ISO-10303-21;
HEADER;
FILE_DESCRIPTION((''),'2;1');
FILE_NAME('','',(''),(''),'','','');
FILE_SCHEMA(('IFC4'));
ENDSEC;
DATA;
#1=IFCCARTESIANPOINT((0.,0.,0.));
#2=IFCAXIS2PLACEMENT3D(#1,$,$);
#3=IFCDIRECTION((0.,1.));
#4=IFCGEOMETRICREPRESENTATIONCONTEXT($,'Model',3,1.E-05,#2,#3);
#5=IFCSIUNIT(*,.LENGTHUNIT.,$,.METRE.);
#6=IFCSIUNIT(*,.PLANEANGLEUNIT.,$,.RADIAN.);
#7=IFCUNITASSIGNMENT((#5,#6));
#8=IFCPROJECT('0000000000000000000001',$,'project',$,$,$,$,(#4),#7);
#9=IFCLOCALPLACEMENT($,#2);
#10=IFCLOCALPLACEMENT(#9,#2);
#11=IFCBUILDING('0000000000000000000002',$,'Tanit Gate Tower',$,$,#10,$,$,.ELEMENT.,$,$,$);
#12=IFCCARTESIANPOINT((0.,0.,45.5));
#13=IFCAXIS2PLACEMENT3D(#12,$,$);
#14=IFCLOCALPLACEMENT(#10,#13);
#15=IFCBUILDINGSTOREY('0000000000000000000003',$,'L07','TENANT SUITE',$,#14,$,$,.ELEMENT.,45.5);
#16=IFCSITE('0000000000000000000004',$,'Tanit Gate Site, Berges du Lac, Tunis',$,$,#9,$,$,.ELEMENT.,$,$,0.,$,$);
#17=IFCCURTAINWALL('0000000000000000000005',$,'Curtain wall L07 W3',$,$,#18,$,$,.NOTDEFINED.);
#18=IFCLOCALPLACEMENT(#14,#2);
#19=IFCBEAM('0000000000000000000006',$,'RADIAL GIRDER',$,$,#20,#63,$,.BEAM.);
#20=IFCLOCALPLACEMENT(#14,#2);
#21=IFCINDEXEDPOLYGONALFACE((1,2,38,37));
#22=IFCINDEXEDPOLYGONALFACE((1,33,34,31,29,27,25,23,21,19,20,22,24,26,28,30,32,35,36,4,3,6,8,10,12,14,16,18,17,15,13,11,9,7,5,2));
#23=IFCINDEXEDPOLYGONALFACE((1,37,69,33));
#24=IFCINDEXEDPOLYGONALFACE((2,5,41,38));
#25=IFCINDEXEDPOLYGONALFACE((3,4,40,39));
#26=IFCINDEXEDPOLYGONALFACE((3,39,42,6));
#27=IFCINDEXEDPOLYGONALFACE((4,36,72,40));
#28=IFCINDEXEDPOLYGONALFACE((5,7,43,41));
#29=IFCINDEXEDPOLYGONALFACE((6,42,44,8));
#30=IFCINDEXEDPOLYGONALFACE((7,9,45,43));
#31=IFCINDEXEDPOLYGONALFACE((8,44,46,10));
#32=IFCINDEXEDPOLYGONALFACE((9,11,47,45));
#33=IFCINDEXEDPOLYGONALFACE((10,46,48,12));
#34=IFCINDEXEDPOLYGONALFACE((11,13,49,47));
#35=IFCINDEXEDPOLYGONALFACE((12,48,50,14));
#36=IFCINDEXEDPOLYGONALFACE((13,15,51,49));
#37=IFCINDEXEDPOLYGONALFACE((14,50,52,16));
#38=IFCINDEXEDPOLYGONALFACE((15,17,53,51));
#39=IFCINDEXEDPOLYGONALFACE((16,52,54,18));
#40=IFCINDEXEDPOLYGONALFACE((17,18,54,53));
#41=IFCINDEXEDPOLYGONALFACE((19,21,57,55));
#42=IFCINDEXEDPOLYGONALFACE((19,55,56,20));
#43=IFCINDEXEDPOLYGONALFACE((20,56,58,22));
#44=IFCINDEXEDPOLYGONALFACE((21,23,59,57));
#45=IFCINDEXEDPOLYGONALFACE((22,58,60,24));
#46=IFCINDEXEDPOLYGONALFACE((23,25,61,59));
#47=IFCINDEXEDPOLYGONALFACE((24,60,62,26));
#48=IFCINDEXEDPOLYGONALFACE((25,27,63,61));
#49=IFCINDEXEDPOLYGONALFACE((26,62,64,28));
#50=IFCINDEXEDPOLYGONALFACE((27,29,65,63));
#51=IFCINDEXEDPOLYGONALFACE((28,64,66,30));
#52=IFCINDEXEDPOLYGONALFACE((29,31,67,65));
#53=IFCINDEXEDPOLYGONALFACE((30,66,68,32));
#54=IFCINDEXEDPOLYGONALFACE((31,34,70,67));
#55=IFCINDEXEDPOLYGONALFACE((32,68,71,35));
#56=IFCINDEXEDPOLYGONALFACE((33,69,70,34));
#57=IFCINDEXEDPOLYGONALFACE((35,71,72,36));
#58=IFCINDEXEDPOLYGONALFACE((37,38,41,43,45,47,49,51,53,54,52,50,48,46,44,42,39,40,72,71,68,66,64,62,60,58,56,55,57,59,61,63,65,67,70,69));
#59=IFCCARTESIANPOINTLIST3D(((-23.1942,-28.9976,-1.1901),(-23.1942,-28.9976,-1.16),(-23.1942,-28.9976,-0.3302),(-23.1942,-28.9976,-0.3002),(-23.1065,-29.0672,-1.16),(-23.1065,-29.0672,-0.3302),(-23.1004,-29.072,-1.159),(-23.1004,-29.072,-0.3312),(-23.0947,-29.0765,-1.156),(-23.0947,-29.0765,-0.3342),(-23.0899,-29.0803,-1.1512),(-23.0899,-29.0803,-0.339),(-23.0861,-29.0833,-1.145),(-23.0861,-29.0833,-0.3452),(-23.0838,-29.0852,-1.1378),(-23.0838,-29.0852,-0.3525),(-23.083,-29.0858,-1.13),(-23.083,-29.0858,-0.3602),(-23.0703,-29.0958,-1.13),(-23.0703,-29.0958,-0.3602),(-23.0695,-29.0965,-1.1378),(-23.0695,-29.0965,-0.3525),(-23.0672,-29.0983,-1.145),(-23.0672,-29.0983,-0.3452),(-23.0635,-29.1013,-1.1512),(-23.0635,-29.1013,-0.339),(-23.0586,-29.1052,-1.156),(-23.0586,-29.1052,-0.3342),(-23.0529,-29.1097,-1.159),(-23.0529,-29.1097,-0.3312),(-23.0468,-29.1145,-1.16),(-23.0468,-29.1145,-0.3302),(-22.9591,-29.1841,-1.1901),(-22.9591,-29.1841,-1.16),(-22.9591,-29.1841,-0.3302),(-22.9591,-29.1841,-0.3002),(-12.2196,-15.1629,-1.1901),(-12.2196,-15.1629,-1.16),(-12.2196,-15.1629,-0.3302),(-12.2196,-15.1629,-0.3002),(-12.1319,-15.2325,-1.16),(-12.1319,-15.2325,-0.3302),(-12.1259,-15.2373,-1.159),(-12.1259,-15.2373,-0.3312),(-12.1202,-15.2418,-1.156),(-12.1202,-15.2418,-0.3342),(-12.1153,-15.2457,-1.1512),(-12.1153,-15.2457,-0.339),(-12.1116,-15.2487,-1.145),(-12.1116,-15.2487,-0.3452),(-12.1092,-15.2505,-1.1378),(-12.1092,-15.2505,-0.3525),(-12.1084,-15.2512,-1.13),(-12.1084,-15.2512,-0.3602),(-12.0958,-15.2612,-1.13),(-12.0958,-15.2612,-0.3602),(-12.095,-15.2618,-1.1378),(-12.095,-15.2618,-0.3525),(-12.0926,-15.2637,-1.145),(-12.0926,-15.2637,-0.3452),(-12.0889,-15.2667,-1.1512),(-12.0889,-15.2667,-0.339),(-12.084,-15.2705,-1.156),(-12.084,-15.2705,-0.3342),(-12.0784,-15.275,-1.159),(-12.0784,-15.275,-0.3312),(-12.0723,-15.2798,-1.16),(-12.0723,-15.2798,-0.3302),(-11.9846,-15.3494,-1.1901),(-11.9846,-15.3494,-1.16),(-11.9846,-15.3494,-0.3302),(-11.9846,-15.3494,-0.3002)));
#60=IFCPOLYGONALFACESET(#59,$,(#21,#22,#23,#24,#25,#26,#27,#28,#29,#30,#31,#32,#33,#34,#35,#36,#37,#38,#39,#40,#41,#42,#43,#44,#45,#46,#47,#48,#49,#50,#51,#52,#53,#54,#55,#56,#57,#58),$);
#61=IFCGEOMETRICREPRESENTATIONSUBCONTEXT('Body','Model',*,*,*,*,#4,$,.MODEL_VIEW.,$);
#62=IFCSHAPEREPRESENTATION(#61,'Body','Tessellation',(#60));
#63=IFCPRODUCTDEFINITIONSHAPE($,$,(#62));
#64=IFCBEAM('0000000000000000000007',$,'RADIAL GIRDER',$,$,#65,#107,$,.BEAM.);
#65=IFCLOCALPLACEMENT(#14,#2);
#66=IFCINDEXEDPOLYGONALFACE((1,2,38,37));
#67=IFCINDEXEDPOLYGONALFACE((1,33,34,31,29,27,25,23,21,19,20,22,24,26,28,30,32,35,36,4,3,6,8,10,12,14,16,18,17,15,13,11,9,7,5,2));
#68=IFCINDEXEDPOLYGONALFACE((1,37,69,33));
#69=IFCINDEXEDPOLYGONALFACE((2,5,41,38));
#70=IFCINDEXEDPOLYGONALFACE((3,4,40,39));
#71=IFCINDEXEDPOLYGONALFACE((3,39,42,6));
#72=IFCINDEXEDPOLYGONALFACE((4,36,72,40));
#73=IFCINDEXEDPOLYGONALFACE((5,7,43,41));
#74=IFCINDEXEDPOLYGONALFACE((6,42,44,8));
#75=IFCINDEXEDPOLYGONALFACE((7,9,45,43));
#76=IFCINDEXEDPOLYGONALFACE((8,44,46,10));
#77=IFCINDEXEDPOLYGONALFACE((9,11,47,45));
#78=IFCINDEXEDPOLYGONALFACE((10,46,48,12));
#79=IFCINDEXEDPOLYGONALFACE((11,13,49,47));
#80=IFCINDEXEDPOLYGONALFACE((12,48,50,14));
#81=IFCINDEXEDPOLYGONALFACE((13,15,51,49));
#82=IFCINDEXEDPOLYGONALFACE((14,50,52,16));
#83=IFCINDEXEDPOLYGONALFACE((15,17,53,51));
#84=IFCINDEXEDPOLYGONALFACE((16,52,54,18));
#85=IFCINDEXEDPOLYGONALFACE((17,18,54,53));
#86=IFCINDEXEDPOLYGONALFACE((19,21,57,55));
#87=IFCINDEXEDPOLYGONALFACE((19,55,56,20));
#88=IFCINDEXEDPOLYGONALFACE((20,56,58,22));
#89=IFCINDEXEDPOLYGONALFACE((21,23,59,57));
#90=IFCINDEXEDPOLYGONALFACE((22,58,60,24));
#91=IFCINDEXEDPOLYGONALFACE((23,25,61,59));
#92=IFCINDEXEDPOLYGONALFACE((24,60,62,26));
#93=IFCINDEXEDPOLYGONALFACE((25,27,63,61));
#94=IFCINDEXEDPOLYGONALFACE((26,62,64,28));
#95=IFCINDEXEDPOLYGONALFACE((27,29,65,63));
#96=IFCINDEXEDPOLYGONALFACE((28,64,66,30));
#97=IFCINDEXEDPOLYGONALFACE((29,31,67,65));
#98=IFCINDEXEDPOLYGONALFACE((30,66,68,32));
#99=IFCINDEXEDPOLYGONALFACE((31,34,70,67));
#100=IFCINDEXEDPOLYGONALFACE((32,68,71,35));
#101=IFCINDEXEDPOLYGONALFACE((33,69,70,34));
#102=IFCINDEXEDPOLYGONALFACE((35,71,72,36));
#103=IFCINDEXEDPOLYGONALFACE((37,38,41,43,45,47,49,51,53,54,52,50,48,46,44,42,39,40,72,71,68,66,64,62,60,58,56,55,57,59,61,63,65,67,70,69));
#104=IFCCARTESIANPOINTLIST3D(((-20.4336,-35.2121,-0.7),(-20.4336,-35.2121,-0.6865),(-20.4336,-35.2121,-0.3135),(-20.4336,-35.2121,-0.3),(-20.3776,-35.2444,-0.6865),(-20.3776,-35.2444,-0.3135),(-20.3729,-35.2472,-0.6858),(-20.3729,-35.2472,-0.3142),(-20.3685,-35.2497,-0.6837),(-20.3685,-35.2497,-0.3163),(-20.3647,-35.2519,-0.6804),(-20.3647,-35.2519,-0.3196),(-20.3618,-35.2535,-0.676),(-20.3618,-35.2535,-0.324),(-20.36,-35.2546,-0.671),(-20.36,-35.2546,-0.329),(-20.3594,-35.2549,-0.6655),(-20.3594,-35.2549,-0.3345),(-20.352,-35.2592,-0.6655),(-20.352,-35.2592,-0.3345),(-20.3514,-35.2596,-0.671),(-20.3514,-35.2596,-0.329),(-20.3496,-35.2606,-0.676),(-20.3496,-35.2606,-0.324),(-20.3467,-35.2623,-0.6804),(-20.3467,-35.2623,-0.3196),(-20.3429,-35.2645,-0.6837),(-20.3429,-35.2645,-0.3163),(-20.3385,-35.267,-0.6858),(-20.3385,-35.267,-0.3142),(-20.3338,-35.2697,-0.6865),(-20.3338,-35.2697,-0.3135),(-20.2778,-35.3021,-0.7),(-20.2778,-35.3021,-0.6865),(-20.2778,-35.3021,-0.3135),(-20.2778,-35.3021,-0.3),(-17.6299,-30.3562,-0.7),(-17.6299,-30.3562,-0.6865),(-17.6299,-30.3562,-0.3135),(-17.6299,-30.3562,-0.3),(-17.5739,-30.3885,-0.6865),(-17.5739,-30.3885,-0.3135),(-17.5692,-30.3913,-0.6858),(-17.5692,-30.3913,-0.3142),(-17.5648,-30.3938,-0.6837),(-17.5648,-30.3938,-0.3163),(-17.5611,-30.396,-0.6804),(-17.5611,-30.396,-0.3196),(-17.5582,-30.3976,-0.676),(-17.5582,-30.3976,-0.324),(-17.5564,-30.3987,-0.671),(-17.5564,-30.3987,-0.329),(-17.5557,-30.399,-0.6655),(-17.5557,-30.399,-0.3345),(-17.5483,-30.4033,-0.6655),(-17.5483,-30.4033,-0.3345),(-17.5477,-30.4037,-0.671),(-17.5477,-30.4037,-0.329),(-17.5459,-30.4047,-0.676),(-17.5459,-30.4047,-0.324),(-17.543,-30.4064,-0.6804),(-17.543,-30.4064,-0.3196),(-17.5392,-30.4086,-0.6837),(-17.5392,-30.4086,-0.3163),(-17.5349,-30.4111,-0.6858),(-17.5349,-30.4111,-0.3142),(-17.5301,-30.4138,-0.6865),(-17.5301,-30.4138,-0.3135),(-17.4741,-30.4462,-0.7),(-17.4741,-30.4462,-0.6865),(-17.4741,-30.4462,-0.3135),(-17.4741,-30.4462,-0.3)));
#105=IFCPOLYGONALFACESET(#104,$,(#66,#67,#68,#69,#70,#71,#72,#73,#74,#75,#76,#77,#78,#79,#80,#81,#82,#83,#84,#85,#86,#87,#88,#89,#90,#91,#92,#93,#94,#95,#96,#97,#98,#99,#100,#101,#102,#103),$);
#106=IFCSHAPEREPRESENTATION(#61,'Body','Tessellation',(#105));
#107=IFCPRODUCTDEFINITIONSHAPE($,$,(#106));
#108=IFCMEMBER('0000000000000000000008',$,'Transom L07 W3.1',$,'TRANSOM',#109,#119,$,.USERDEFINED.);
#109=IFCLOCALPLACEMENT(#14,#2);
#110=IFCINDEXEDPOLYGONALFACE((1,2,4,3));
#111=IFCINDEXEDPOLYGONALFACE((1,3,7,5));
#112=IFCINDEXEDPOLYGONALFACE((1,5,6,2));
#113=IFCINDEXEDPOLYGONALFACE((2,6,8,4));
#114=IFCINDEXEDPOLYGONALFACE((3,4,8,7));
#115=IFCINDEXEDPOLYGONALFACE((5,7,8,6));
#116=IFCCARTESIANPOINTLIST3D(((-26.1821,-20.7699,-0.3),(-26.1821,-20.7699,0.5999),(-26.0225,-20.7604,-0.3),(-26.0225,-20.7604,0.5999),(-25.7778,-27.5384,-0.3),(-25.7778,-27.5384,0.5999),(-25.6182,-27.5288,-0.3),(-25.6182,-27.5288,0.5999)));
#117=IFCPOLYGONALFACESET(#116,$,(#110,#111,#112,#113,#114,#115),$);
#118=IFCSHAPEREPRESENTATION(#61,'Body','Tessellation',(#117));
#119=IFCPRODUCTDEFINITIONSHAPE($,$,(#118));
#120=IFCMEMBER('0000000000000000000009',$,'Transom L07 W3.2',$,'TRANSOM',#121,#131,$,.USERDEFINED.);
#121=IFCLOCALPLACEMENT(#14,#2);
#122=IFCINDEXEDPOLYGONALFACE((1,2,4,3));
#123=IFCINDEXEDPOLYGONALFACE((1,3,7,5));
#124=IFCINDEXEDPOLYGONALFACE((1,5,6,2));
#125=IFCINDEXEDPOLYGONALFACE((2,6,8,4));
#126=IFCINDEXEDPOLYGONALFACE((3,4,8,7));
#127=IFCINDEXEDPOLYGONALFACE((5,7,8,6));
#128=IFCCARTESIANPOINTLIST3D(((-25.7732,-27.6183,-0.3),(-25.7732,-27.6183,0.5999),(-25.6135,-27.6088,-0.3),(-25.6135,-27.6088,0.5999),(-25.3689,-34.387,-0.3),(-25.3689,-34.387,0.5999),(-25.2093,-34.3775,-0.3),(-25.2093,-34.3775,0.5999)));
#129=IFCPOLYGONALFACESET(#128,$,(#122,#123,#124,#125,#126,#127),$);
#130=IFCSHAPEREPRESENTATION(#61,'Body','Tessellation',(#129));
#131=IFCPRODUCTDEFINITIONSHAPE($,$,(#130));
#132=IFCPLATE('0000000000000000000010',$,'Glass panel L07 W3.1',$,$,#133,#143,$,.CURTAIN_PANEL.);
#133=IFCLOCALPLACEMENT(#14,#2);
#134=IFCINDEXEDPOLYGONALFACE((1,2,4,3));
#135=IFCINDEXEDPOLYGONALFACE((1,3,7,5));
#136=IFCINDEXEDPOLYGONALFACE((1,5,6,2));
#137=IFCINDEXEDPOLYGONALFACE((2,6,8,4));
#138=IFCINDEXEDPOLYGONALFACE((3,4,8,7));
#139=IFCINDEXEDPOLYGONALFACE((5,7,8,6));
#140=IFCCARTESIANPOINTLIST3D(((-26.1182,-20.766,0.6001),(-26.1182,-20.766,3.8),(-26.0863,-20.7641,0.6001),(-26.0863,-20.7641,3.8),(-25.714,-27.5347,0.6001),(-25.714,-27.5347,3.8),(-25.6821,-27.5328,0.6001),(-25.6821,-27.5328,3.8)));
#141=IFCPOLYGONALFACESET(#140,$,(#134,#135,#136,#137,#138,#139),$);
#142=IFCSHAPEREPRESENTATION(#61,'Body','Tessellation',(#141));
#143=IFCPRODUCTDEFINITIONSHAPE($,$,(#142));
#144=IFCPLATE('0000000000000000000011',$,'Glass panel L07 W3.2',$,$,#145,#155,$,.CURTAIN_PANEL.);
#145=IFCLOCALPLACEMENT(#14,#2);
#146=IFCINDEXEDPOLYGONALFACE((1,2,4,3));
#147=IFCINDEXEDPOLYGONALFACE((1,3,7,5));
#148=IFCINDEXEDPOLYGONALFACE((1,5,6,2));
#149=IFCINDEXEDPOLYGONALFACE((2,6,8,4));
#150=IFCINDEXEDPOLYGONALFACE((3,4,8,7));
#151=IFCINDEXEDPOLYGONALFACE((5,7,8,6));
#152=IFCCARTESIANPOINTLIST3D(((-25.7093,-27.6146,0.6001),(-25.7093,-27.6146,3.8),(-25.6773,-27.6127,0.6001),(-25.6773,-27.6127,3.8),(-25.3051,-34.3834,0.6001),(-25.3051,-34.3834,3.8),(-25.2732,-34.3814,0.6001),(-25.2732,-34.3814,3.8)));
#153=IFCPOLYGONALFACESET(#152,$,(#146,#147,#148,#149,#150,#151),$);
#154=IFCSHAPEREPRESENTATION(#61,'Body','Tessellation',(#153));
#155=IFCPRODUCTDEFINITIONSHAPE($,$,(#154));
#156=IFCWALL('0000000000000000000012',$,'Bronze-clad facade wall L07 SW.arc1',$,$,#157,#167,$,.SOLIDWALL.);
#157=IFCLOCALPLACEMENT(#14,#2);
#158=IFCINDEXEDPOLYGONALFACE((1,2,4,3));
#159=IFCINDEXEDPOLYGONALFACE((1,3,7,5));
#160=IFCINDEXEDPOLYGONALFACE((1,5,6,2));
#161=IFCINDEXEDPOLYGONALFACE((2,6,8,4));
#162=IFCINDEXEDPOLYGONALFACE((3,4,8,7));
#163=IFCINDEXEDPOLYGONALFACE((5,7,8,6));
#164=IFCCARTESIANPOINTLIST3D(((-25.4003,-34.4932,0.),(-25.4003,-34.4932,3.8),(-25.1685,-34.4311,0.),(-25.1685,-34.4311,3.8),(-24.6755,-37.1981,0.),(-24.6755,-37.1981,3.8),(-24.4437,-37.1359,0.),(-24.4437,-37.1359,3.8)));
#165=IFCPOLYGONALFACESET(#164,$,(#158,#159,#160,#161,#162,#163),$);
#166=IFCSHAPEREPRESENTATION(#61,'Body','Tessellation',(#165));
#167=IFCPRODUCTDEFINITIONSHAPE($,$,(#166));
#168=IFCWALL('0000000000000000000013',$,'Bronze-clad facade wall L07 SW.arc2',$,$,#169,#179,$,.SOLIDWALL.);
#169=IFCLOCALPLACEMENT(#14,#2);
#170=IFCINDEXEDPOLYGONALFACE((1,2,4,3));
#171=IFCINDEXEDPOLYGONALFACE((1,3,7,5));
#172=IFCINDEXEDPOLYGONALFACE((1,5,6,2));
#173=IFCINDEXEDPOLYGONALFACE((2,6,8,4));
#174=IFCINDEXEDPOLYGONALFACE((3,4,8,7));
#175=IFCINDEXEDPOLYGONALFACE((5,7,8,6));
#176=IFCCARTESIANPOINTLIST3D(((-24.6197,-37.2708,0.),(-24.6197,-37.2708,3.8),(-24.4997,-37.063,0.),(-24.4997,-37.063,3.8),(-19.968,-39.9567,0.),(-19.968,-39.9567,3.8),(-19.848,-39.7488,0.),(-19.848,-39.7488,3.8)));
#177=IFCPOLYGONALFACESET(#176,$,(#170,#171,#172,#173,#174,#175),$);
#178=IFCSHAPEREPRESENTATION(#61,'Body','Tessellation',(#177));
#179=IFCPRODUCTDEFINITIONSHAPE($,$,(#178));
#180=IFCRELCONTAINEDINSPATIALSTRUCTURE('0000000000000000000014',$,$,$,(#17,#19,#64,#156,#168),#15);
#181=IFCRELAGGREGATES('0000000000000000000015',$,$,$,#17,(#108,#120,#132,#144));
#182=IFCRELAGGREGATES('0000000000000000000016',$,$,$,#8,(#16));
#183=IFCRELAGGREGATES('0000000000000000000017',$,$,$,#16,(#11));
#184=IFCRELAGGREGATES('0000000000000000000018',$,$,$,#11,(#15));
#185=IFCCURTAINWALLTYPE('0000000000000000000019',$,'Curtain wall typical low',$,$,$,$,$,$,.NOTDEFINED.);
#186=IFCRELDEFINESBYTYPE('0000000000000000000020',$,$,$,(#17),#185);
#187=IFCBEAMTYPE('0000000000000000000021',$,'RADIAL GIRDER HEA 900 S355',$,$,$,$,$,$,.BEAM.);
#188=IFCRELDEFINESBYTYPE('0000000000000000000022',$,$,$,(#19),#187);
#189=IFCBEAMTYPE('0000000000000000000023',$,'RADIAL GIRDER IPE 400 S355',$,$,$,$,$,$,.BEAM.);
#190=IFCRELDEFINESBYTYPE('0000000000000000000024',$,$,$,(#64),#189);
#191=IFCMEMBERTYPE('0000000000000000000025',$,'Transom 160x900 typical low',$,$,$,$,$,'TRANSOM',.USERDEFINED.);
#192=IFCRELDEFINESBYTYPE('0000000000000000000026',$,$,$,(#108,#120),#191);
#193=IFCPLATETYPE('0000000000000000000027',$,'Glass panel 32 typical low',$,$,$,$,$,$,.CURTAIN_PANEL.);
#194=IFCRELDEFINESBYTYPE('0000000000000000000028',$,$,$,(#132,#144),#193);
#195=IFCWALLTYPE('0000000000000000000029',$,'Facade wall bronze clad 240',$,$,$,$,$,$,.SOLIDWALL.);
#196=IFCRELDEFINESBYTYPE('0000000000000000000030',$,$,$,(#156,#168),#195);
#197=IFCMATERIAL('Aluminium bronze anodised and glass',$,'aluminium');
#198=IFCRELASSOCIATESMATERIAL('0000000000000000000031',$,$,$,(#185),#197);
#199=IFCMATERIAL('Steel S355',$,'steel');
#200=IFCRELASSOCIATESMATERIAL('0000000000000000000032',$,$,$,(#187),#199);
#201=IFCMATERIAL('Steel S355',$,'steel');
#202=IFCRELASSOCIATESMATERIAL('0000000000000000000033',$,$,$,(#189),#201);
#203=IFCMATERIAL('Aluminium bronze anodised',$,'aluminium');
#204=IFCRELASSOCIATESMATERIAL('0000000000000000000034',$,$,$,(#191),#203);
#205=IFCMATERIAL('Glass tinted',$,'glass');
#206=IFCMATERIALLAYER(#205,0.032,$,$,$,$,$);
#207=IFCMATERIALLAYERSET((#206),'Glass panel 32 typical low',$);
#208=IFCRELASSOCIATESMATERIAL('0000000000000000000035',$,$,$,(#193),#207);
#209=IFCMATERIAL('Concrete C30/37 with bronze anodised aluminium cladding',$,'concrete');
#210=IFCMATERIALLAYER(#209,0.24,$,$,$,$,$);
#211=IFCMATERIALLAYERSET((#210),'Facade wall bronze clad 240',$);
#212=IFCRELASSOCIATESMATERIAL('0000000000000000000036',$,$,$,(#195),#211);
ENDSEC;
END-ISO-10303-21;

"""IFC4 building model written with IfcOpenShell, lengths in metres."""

from ifc_helpers import new_model, si_unit, direction, frame, frame_2d, origin, origin_2d, place, context, subcontext, project, spatial, rectangle, i_section, extrude, material, layer, layer_set, material_profile, profile_set, type_object, element, aggregate, save


model = new_model("IFC4")

# Units and contexts
model_context = context("Model", 3, precision=1e-05, world=origin(), true_north=direction((0.0, 1.0)))
body_context = subcontext(model_context, "Body", "Model", "MODEL_VIEW")
ifc_project = project(units=[si_unit("LENGTHUNIT", "METRE"), si_unit("PLANEANGLEUNIT", "RADIAN")], contexts=[model_context])

# Site, building, storey
site_placement = place(None, origin())
site = spatial("IfcSite", under=ifc_project, at=site_placement, Name="Tanit Gate Site, Berges du Lac, Tunis", CompositionType="ELEMENT", RefElevation=0.0)
building_placement = place(site_placement, origin())
building = spatial("IfcBuilding", under=site, at=building_placement, Name="Tanit Gate Tower", CompositionType="ELEMENT")
storey_placement = place(building_placement, frame((0.0, 0.0, 45.5)))
storey = spatial("IfcBuildingStorey", under=building, at=storey_placement, Name="L07", Description="TENANT SUITE", CompositionType="ELEMENT", Elevation=45.5)

# Curtain wall
ifc_material_1 = material(Name="Aluminium bronze anodised and glass", Category="aluminium")
curtain_wall_type = type_object("IfcCurtainWallType", Name="Curtain wall typical low", PredefinedType="NOTDEFINED", material=ifc_material_1)
curtain_wall_1_placement = place(storey_placement, origin())
curtain_wall_1 = element("IfcCurtainWall", 1, at=curtain_wall_1_placement, inside=storey, type_object=curtain_wall_type, Name="Curtain wall L07 W3", PredefinedType="NOTDEFINED")

# Beams
ifc_material_2 = material(Name="Steel S355", Category="steel")
ifc_material_profile_1 = material_profile(ifc_material_2, i_section(OverallWidth=0.3, OverallDepth=0.8899, WebThickness=0.0161, FlangeThickness=0.03, FilletRadius=0.03, at=origin_2d()), Name="HEA 900")
ifc_profile_set_1 = profile_set([ifc_material_profile_1], Name="Steel S355")
beam_type_1 = type_object("IfcBeamType", Name="RADIAL GIRDER HEA 900 S355", PredefinedType="BEAM", material=ifc_profile_set_1)
beam_1_placement = place(storey_placement, frame((-23.0767, -29.0908, -0.7451), z_axis=(0.621473, 0.783436, 0.0), x_axis=(-0.783436, 0.621473, 0.0)))
element("IfcBeam", 2, at=beam_1_placement, inside=storey, type_object=beam_type_1, Name="RADIAL GIRDER", PredefinedType="BEAM", context=body_context, shape_type="SweptSolid", body=[
    extrude(i_section(OverallWidth=0.3, OverallDepth=0.8899, WebThickness=0.0161, FlangeThickness=0.03, FilletRadius=0.03, at=origin_2d()), origin(), (0.0, 0.0, 1.0), 17.6589),
])
ifc_material_3 = material(Name="Steel S355", Category="steel")
ifc_material_profile_2 = material_profile(ifc_material_3, i_section(OverallWidth=0.1799, OverallDepth=0.3999, WebThickness=0.0085, FlangeThickness=0.0134, FilletRadius=0.021, at=origin_2d()), Name="IPE 400")
ifc_profile_set_2 = profile_set([ifc_material_profile_2], Name="Steel S355")
beam_type_2 = type_object("IfcBeamType", Name="RADIAL GIRDER IPE 400 S355", PredefinedType="BEAM", material=ifc_profile_set_2)
beam_2_placement = place(storey_placement, frame((-20.3557, -35.2571, -0.5), z_axis=(0.500016, 0.866016, 0.0), x_axis=(-0.866016, 0.500016, 0.0)))
element("IfcBeam", 3, at=beam_2_placement, inside=storey, type_object=beam_type_2, Name="RADIAL GIRDER", PredefinedType="BEAM", context=body_context, shape_type="SweptSolid", body=[
    extrude(i_section(OverallWidth=0.1799, OverallDepth=0.3999, WebThickness=0.0085, FlangeThickness=0.0134, FilletRadius=0.021, at=origin_2d()), origin(), (0.0, 0.0, 1.0), 5.6072),
])

# Members
ifc_material_4 = material(Name="Aluminium bronze anodised", Category="aluminium")
ifc_material_profile_3 = material_profile(ifc_material_4, rectangle(XDim=0.1599, YDim=0.8999, at=origin_2d()), Name="160x900 bronze transom")
ifc_profile_set_3 = profile_set([ifc_material_profile_3], Name="Aluminium bronze anodised")
member_type_1 = type_object("IfcMemberType", Name="Transom 160x900 typical low", ElementType="TRANSOM", PredefinedType="USERDEFINED", material=ifc_profile_set_3)
member_1_placement = place(storey_placement, frame((-26.1023, -20.7651, 0.1499), z_axis=(0.059625, -0.998221, 0.0), x_axis=(0.998221, 0.059625, 0.0)))
member_1 = element("IfcMember", 4, at=member_1_placement, type_object=member_type_1, Name="Transom L07 W3.1", ObjectType="TRANSOM", PredefinedType="USERDEFINED", context=body_context, shape_type="SweptSolid", body=[
    extrude(rectangle(XDim=0.1599, YDim=0.8999, at=origin_2d()), origin(), (0.0, 0.0, 1.0), 6.7805),
])
member_2_placement = place(storey_placement, frame((-25.6934, -27.6135, 0.1499), z_axis=(0.059623, -0.998221, 0.0), x_axis=(0.998221, 0.059623, 0.0)))
member_2 = element("IfcMember", 5, at=member_2_placement, type_object=member_type_1, Name="Transom L07 W3.2", ObjectType="TRANSOM", PredefinedType="USERDEFINED", context=body_context, shape_type="SweptSolid", body=[
    extrude(rectangle(XDim=0.1599, YDim=0.8999, at=origin_2d()), origin(), (0.0, 0.0, 1.0), 6.7808),
])

# Plates
ifc_material_5 = material(Name="Glass tinted", Category="glass")
ifc_layer_1 = layer(ifc_material_5, 0.032)
ifc_layer_set_1 = layer_set([ifc_layer_1], Name="Glass panel 32 typical low")
plate_type = type_object("IfcPlateType", Name="Glass panel 32 typical low", PredefinedType="CURTAIN_PANEL", material=ifc_layer_set_1)
plate_1_placement = place(storey_placement, frame((-25.9001, -24.1494, 0.6001), z_axis=(0.0, 0.0, 1.0), x_axis=(0.059605, -0.998222, 0.0)))
plate_1 = element("IfcPlate", 6, at=plate_1_placement, type_object=plate_type, Name="Glass panel L07 W3.1", PredefinedType="CURTAIN_PANEL", context=body_context, shape_type="SweptSolid", body=[
    extrude(rectangle(XDim=6.7808, YDim=0.032, at=origin_2d()), origin(), (0.0, 0.0, 1.0), 3.2),
])
plate_2_placement = place(storey_placement, frame((-25.4912, -30.998, 0.6001), z_axis=(0.0, 0.0, 1.0), x_axis=(0.059605, -0.998222, 0.0)))
plate_2 = element("IfcPlate", 7, at=plate_2_placement, type_object=plate_type, Name="Glass panel L07 W3.2", PredefinedType="CURTAIN_PANEL", context=body_context, shape_type="SweptSolid", body=[
    extrude(rectangle(XDim=6.7808, YDim=0.032, at=origin_2d()), origin(), (0.0, 0.0, 1.0), 3.2),
])
aggregate(curtain_wall_1, [member_1, member_2, plate_1, plate_2])

# Walls
ifc_material_6 = material(Name="Concrete C30/37 with bronze anodised aluminium cladding", Category="concrete")
ifc_layer_2 = layer(ifc_material_6, 0.24)
ifc_layer_set_2 = layer_set([ifc_layer_2], Name="Facade wall bronze clad 240")
wall_type_1 = type_object("IfcWallType", Name="Facade wall bronze clad 240", PredefinedType="SOLIDWALL", material=ifc_layer_set_2)
wall_1_placement = place(storey_placement, frame((-25.2844, -34.4622, 0.0), z_axis=(0.0, 0.0, 1.0), x_axis=(0.258851, -0.965917, 0.0)))
element("IfcWall", 8, at=wall_1_placement, inside=storey, type_object=wall_type_1, Name="Bronze-clad facade wall L07 SW.arc1", PredefinedType="SOLIDWALL", context=body_context, shape_type="SweptSolid", body=[
    extrude(rectangle(XDim=2.8003, YDim=0.24, at=frame_2d((1.4001, 0.0))), origin(), (0.0, 0.0, 1.0), 3.8),
])
wall_2_placement = place(storey_placement, frame((-24.5596, -37.167, 0.0), z_axis=(0.0, 0.0, 1.0), x_axis=(0.866011, -0.500025, 0.0)))
element("IfcWall", 9, at=wall_2_placement, inside=storey, type_object=wall_type_1, Name="Bronze-clad facade wall L07 SW.arc2", PredefinedType="SOLIDWALL", context=body_context, shape_type="SweptSolid", body=[
    extrude(rectangle(XDim=5.3713, YDim=0.24, at=frame_2d((2.6855, 0.0))), origin(), (0.0, 0.0, 1.0), 3.8),
])

save(model, "model.ifc")
